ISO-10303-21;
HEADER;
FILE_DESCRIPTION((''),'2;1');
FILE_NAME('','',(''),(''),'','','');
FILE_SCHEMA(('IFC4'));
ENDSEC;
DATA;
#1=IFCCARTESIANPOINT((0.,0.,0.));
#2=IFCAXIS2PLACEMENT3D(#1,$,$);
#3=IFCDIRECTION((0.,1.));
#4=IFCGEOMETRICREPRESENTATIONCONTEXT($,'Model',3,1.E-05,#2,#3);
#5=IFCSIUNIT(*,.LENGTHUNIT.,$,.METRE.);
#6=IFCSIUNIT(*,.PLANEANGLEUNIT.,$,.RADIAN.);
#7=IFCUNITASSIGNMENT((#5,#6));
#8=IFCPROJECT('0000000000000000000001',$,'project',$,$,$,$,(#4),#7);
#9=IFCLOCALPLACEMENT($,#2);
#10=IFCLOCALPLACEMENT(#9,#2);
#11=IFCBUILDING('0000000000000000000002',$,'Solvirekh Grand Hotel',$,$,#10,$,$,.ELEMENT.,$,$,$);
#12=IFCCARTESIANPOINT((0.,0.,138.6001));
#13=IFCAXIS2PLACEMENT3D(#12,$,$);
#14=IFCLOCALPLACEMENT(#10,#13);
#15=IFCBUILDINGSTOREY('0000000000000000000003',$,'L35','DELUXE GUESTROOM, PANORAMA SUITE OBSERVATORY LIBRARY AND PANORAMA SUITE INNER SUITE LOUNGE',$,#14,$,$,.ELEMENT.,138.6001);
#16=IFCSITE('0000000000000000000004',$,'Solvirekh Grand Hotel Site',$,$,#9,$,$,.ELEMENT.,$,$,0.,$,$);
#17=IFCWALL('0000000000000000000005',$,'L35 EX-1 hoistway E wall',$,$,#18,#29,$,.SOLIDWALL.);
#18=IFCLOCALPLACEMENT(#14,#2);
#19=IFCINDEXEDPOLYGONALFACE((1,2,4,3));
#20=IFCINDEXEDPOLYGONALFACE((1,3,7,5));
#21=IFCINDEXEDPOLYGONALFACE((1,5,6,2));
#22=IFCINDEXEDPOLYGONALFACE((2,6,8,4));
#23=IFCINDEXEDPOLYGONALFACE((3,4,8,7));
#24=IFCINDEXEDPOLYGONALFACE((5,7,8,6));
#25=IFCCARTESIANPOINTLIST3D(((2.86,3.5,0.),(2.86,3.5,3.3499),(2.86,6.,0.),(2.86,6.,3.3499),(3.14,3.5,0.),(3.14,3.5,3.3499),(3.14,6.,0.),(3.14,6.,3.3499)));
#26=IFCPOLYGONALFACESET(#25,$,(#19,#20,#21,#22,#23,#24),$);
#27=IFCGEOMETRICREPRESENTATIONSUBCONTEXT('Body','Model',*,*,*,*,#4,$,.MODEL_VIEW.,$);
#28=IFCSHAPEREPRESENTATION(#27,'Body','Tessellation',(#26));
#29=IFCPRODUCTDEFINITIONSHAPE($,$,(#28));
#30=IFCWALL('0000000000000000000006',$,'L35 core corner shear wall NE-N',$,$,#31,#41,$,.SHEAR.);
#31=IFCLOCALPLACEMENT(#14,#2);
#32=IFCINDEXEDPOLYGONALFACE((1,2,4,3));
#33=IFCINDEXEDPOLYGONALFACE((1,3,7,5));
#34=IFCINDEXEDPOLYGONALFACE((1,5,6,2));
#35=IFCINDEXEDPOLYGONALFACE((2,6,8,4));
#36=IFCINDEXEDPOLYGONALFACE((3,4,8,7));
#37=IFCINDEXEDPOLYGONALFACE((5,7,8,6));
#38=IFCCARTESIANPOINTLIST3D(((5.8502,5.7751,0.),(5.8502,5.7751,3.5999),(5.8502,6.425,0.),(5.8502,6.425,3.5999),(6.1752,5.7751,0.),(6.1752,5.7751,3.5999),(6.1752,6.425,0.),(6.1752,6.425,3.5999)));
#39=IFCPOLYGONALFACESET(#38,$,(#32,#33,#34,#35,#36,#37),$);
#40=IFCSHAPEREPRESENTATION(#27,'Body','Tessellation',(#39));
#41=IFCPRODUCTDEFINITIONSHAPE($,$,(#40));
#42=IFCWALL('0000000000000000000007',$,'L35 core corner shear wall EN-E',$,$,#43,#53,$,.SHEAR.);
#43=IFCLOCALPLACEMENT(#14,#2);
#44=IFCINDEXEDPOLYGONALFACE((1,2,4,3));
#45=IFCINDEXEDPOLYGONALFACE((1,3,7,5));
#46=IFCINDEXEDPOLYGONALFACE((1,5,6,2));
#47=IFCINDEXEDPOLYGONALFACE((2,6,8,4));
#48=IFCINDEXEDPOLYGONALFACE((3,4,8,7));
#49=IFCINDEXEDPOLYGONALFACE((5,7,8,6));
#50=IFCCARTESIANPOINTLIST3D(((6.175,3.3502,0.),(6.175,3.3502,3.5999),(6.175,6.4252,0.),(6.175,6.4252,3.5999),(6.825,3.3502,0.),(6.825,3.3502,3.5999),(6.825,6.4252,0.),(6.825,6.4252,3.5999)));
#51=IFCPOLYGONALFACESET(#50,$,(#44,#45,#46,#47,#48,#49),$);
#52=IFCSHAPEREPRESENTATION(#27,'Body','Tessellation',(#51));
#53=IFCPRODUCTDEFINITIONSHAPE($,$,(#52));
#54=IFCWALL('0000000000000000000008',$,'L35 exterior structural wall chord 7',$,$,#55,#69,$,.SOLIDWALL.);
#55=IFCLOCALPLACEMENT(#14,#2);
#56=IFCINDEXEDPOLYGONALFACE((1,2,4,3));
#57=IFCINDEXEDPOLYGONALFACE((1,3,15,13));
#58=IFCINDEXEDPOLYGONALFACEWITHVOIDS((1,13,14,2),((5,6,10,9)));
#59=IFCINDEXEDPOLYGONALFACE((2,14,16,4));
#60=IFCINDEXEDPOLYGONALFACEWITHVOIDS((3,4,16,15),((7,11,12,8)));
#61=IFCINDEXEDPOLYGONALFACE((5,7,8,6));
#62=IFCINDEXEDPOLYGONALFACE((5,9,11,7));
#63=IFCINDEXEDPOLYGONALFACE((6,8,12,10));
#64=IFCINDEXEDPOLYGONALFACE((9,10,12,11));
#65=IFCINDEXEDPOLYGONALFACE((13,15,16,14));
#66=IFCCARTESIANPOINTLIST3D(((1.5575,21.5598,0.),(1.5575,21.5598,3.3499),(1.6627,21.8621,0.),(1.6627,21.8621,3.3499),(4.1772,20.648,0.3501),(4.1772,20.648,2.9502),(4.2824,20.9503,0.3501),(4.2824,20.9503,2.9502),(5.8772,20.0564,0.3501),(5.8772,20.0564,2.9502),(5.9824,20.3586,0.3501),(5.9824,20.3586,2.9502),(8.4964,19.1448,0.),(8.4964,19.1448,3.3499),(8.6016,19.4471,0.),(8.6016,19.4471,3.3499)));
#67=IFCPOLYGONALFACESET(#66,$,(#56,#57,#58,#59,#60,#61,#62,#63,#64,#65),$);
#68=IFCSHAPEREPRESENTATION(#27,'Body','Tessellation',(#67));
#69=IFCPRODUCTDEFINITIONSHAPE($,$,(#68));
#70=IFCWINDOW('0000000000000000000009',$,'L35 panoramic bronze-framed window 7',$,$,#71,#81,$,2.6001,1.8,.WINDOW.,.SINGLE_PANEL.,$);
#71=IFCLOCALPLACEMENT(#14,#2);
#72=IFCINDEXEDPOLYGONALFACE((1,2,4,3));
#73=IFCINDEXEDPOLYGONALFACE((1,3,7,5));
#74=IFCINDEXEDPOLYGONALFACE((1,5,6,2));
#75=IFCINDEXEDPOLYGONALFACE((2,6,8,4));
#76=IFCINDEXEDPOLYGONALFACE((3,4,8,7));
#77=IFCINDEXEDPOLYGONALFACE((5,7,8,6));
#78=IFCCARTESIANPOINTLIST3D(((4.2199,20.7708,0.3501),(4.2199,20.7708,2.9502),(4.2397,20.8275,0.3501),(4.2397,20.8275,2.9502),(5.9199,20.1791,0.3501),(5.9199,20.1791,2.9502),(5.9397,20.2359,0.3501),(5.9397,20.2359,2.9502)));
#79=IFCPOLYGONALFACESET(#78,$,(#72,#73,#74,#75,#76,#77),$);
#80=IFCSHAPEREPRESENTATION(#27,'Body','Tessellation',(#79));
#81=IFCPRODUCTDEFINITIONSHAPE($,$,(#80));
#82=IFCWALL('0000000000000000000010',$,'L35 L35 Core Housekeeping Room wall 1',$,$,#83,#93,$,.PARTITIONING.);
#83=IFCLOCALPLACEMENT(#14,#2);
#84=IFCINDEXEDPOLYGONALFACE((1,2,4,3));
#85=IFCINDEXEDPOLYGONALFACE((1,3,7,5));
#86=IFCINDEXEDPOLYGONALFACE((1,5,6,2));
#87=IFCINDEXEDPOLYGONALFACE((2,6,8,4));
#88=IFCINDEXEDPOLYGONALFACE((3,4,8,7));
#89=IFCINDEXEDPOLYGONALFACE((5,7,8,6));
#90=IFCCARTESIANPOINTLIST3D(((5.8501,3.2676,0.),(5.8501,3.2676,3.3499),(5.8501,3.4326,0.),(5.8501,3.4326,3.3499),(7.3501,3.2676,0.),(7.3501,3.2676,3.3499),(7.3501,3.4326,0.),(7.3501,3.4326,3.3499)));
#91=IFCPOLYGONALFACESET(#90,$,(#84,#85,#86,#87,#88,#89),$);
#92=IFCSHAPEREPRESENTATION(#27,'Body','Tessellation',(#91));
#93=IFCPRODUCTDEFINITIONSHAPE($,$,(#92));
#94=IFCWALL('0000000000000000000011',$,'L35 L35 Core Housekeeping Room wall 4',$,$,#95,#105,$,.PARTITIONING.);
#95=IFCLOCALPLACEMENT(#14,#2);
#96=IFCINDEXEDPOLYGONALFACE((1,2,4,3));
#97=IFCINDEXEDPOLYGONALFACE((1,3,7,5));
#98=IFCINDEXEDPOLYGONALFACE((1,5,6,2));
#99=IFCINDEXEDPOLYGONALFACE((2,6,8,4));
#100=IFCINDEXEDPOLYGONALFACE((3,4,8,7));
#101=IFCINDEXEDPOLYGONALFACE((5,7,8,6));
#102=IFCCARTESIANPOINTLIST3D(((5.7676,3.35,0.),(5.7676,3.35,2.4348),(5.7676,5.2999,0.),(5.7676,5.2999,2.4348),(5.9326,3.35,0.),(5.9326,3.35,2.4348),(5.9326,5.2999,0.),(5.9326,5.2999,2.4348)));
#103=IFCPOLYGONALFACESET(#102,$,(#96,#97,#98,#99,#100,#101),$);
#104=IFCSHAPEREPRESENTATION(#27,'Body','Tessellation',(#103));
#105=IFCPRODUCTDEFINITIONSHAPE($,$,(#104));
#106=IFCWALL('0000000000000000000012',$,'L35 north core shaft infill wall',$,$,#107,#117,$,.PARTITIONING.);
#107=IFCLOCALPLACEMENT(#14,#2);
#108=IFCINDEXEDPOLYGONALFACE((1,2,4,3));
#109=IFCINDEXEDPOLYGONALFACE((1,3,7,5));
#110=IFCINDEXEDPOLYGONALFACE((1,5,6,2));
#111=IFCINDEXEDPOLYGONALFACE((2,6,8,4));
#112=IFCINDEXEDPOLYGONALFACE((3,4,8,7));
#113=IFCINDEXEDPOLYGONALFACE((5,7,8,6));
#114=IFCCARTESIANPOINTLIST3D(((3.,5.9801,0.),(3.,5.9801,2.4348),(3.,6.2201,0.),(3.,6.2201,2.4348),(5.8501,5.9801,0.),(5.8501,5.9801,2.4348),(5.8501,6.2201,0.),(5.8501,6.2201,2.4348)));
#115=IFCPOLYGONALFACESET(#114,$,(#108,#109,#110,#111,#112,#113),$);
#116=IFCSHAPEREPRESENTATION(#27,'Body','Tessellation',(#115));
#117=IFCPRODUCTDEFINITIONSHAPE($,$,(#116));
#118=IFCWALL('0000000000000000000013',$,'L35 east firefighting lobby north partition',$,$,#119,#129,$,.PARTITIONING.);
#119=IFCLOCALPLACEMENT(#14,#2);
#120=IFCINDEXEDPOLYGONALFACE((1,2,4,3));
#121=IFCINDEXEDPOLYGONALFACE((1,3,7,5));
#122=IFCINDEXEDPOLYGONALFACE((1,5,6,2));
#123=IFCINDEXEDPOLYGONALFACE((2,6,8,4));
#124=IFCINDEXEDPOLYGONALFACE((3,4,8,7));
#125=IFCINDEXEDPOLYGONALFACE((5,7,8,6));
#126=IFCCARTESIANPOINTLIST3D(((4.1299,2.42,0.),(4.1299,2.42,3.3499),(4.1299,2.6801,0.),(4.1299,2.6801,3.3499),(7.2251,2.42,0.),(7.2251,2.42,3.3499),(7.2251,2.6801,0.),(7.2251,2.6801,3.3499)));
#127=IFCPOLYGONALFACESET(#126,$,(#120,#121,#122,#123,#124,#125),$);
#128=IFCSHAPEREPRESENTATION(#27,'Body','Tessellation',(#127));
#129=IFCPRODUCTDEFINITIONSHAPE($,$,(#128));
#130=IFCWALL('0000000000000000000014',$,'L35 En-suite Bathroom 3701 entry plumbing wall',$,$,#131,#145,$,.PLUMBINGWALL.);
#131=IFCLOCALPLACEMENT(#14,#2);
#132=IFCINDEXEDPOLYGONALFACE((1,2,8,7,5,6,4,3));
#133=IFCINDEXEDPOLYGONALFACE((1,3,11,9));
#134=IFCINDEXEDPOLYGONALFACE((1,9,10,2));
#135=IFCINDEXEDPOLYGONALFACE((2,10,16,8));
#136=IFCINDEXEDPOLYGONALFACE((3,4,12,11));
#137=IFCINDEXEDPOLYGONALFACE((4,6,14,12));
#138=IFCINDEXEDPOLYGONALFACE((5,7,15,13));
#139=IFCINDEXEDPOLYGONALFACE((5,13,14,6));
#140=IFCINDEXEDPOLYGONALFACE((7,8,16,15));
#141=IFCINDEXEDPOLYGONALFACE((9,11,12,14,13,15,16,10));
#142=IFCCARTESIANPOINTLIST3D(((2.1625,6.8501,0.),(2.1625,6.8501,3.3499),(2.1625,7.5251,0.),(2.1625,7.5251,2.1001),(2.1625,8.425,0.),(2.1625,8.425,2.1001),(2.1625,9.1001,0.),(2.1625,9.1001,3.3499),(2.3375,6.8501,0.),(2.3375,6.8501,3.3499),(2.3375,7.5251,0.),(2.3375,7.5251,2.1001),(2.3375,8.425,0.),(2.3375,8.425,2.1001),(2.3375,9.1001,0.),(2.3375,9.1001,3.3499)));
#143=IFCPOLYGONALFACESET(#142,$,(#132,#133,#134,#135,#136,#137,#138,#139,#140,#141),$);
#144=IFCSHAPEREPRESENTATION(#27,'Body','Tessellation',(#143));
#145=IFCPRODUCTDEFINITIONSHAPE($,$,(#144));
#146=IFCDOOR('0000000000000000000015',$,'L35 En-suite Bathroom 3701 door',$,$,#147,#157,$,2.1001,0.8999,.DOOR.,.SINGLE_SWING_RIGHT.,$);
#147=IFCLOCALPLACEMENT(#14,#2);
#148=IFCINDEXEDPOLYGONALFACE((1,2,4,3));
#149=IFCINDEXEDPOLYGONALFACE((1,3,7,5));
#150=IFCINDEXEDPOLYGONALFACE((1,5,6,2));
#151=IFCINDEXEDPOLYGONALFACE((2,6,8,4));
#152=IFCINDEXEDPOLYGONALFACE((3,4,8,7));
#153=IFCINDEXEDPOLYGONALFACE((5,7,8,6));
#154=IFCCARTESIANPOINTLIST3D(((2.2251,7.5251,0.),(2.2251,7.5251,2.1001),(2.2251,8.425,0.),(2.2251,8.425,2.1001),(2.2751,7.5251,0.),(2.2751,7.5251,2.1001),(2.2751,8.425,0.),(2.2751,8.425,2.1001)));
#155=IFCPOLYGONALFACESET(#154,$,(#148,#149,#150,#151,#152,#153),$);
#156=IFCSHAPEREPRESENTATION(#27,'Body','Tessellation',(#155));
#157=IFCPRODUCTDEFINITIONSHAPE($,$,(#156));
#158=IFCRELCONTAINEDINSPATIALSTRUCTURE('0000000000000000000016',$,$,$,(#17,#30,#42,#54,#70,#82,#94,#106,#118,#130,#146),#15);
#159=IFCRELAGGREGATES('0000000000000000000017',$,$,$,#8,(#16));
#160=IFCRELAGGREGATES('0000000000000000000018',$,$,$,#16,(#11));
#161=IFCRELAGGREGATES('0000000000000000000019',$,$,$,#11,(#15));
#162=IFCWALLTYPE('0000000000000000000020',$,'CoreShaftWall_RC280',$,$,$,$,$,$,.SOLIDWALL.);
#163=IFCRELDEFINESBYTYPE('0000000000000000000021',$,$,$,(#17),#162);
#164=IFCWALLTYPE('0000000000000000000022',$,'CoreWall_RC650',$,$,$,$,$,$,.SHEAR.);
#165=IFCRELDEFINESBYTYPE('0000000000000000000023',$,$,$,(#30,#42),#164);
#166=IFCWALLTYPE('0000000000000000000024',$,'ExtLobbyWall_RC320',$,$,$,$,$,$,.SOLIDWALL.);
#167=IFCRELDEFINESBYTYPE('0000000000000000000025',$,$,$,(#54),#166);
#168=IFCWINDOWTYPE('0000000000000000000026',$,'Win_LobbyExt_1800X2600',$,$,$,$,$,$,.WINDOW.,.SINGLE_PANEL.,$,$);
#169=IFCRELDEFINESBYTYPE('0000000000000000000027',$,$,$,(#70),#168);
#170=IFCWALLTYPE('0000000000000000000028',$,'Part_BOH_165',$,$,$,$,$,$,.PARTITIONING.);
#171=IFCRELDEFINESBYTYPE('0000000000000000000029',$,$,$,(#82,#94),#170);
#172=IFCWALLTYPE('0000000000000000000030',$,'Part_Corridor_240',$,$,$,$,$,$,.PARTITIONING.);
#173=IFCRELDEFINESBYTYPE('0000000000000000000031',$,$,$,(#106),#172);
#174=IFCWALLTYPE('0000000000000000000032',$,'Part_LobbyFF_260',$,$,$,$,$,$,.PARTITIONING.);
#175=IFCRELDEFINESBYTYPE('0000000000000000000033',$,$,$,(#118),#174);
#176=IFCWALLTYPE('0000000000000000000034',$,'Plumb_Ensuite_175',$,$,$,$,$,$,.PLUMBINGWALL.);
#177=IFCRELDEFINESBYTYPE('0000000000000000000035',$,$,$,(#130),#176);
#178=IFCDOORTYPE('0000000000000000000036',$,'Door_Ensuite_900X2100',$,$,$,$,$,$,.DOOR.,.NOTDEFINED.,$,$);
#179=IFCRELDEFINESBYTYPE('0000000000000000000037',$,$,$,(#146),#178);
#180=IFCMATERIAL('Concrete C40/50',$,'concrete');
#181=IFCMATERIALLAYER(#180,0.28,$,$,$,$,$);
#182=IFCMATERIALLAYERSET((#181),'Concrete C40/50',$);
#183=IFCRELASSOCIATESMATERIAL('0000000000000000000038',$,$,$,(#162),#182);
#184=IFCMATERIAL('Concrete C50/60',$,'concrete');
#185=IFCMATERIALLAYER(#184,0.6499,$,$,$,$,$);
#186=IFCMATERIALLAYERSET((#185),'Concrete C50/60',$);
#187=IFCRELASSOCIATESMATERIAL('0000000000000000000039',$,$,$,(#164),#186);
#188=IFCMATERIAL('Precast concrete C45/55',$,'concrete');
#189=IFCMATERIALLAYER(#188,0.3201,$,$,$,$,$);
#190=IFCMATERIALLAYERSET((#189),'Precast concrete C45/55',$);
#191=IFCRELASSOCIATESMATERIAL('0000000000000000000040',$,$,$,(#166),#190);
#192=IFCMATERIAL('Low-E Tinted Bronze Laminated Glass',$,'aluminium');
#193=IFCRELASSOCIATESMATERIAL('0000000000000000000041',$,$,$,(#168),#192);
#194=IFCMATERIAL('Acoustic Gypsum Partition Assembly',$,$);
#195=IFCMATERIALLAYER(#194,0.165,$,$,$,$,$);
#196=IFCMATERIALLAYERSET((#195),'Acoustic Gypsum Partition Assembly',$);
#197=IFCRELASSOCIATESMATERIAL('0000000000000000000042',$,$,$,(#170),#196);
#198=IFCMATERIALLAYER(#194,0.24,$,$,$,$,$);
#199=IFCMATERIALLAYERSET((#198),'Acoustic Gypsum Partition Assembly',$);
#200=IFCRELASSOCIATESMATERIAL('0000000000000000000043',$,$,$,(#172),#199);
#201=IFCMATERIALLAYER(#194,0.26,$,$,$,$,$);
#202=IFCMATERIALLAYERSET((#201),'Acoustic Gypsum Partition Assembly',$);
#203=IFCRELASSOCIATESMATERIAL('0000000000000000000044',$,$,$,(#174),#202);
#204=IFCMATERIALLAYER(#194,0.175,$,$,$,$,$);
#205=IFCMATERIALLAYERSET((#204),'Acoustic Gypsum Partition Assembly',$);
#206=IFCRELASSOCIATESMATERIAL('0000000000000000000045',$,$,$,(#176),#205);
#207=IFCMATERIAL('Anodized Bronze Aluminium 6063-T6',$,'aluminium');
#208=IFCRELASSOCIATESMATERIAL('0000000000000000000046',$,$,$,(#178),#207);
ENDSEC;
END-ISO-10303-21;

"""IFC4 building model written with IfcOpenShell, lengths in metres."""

from ifc_helpers import new_model, si_unit, direction, frame, frame_2d, origin, place, context, subcontext, project, spatial, rectangle, extrude, material, layer, layer_set, type_object, element, fill, save


model = new_model("IFC4")

# Units and contexts
model_context = context("Model", 3, precision=1e-05, world=origin(), true_north=direction((0.0, 1.0)))
body_context = subcontext(model_context, "Body", "Model", "MODEL_VIEW")
ifc_project = project(units=[si_unit("LENGTHUNIT", "METRE"), si_unit("PLANEANGLEUNIT", "RADIAN")], contexts=[model_context])

# Site, building, storey
site_placement = place(None, origin())
site = spatial("IfcSite", under=ifc_project, at=site_placement, Name="Solvirekh Grand Hotel Site", CompositionType="ELEMENT", RefElevation=0.0)
building_placement = place(site_placement, origin())
building = spatial("IfcBuilding", under=site, at=building_placement, Name="Solvirekh Grand Hotel", CompositionType="ELEMENT")
storey_placement = place(building_placement, frame((0.0, 0.0, 138.6001)))
storey = spatial("IfcBuildingStorey", under=building, at=storey_placement, Name="L35", Description="DELUXE GUESTROOM, PANORAMA SUITE OBSERVATORY LIBRARY AND PANORAMA SUITE INNER SUITE LOUNGE", CompositionType="ELEMENT", Elevation=138.6001)

# Shared definitions
ifc_material_1 = material(Name="Concrete C50/60", Category="concrete")

# Shared definitions
ifc_material_2 = material(Name="Anodized Bronze Aluminium 6063-T6", Category="aluminium")

# Walls
ifc_material_3 = material(Name="Concrete C40/50", Category="concrete")
ifc_layer_1 = layer(ifc_material_3, 0.28)
ifc_layer_set_1 = layer_set([ifc_layer_1], Name="Concrete C40/50")
wall_type_1 = type_object("IfcWallType", Name="CoreShaftWall_RC280", PredefinedType="SOLIDWALL", material=ifc_layer_set_1)
wall_1_placement = place(storey_placement, frame((3.0, 3.5, 0.0), z_axis=(0.0, 0.0, 1.0), x_axis=(0.0, 1.0, 0.0)))
element("IfcWall", 1, at=wall_1_placement, inside=storey, type_object=wall_type_1, Name="L35 EX-1 hoistway E wall", PredefinedType="SOLIDWALL", context=body_context, shape_type="SweptSolid", body=[
    extrude(rectangle(XDim=2.5, YDim=0.28, at=frame_2d((1.25, 0.0))), origin(), (0.0, 0.0, 1.0), 3.3499),
])
ifc_layer_2 = layer(ifc_material_1, 0.6499)
ifc_layer_set_2 = layer_set([ifc_layer_2], Name="Concrete C50/60")
wall_type_2 = type_object("IfcWallType", Name="CoreWall_RC650", PredefinedType="SHEAR", material=ifc_layer_set_2)
wall_2_placement = place(storey_placement, frame((5.8501, 6.1001, 0.0), z_axis=(0.0, 0.0, 1.0), x_axis=(1.0, 0.0, 0.0)))
element("IfcWall", 2, at=wall_2_placement, inside=storey, type_object=wall_type_2, Name="L35 core corner shear wall NE-N", PredefinedType="SHEAR", context=body_context, shape_type="SweptSolid", body=[
    extrude(rectangle(XDim=0.325, YDim=0.6499, at=frame_2d((0.1626, 0.0))), origin(), (0.0, 0.0, 1.0), 3.5999),
])
wall_3_placement = place(storey_placement, frame((6.5, 3.3501, 0.0), z_axis=(0.0, 0.0, 1.0), x_axis=(0.0, 1.0, 0.0)))
element("IfcWall", 3, at=wall_3_placement, inside=storey, type_object=wall_type_2, Name="L35 core corner shear wall EN-E", PredefinedType="SHEAR", context=body_context, shape_type="SweptSolid", body=[
    extrude(rectangle(XDim=3.075, YDim=0.6499, at=frame_2d((1.5376, 0.0))), origin(), (0.0, 0.0, 1.0), 3.5999),
])

# Wall, opening, window
ifc_material_4 = material(Name="Precast concrete C45/55", Category="concrete")
ifc_layer_3 = layer(ifc_material_4, 0.3201)
ifc_layer_set_3 = layer_set([ifc_layer_3], Name="Precast concrete C45/55")
wall_type_3 = type_object("IfcWallType", Name="ExtLobbyWall_RC320", PredefinedType="SOLIDWALL", material=ifc_layer_set_3)
wall_4_placement = place(storey_placement, frame((1.6101, 21.7109, 0.0), z_axis=(0.0, 0.0, 1.0), x_axis=(0.944434, -0.328701, 0.0)))
wall_4 = element("IfcWall", 4, at=wall_4_placement, inside=storey, type_object=wall_type_3, Name="L35 exterior structural wall chord 7", PredefinedType="SOLIDWALL", context=body_context, shape_type="SweptSolid", body=[
    extrude(rectangle(XDim=7.3472, YDim=0.3201, at=frame_2d((3.6736, 0.0))), origin(), (0.0, 0.0, 1.0), 3.3499),
])
opening_1_placement = place(wall_4_placement, frame((2.7739, 0.0, 0.3501)))
opening_1 = element("IfcOpeningElement", 5, at=opening_1_placement, cuts=wall_4, PredefinedType="OPENING", context=body_context, shape_type="SweptSolid", body=[
    extrude(rectangle(XDim=1.8, YDim=2.6001, at=frame_2d((0.8999, 1.3))), frame((0.0, 0.1699, 0.0), z_axis=(0.0, -1.0, 0.0), x_axis=(1.0, 0.0, 0.0)), (0.0, 0.0, 1.0), 0.3401),
])
ifc_material_5 = material(Name="Low-E Tinted Bronze Laminated Glass", Category="aluminium")
window_type = type_object("IfcWindowType", Name="Win_LobbyExt_1800X2600", PartitioningType="SINGLE_PANEL", PredefinedType="WINDOW", material=ifc_material_5)
window_placement = place(opening_1_placement, origin())
window = element("IfcWindow", 6, at=window_placement, inside=storey, type_object=window_type, Name="L35 panoramic bronze-framed window 7", OverallHeight=2.6001, OverallWidth=1.8, PartitioningType="SINGLE_PANEL", PredefinedType="WINDOW", context=body_context, shape_type="SweptSolid", body=[
    extrude(rectangle(XDim=1.8, YDim=2.6001, at=frame_2d((0.8999, 1.3))), frame((0.0, 0.03, 0.0), z_axis=(0.0, -1.0, 0.0), x_axis=(1.0, 0.0, 0.0)), (0.0, 0.0, 1.0), 0.0601),
])
fill(opening_1, window)

# Walls
ifc_material_6 = material(Name="Acoustic Gypsum Partition Assembly")
ifc_layer_4 = layer(ifc_material_6, 0.165)
ifc_layer_set_4 = layer_set([ifc_layer_4], Name="Acoustic Gypsum Partition Assembly")
wall_type_4 = type_object("IfcWallType", Name="Part_BOH_165", PredefinedType="PARTITIONING", material=ifc_layer_set_4)
wall_5_placement = place(storey_placement, frame((5.8501, 3.3501, 0.0), z_axis=(0.0, 0.0, 1.0), x_axis=(1.0, 0.0, 0.0)))
element("IfcWall", 7, at=wall_5_placement, inside=storey, type_object=wall_type_4, Name="L35 L35 Core Housekeeping Room wall 1", PredefinedType="PARTITIONING", context=body_context, shape_type="SweptSolid", body=[
    extrude(rectangle(XDim=1.5, YDim=0.165, at=frame_2d((0.75, 0.0))), origin(), (0.0, 0.0, 1.0), 3.3499),
])
wall_6_placement = place(storey_placement, frame((5.8501, 5.3, 0.0), z_axis=(0.0, 0.0, 1.0), x_axis=(0.0, -1.0, 0.0)))
element("IfcWall", 8, at=wall_6_placement, inside=storey, type_object=wall_type_4, Name="L35 L35 Core Housekeeping Room wall 4", PredefinedType="PARTITIONING", context=body_context, shape_type="SweptSolid", body=[
    extrude(rectangle(XDim=1.95, YDim=0.165, at=frame_2d((0.9751, 0.0))), origin(), (0.0, 0.0, 1.0), 2.4348),
])
ifc_layer_5 = layer(ifc_material_6, 0.24)
ifc_layer_set_5 = layer_set([ifc_layer_5], Name="Acoustic Gypsum Partition Assembly")
wall_type_5 = type_object("IfcWallType", Name="Part_Corridor_240", PredefinedType="PARTITIONING", material=ifc_layer_set_5)
wall_7_placement = place(storey_placement, frame((3.0, 6.1001, 0.0), z_axis=(0.0, 0.0, 1.0), x_axis=(1.0, 0.0, 0.0)))
element("IfcWall", 9, at=wall_7_placement, inside=storey, type_object=wall_type_5, Name="L35 north core shaft infill wall", PredefinedType="PARTITIONING", context=body_context, shape_type="SweptSolid", body=[
    extrude(rectangle(XDim=2.8501, YDim=0.24, at=frame_2d((1.425, 0.0))), origin(), (0.0, 0.0, 1.0), 2.4348),
])
ifc_layer_6 = layer(ifc_material_6, 0.26)
ifc_layer_set_6 = layer_set([ifc_layer_6], Name="Acoustic Gypsum Partition Assembly")
wall_type_6 = type_object("IfcWallType", Name="Part_LobbyFF_260", PredefinedType="PARTITIONING", material=ifc_layer_set_6)
wall_8_placement = place(storey_placement, frame((4.1299, 2.55, 0.0), z_axis=(0.0, 0.0, 1.0), x_axis=(1.0, 0.0, 0.0)))
element("IfcWall", 10, at=wall_8_placement, inside=storey, type_object=wall_type_6, Name="L35 east firefighting lobby north partition", PredefinedType="PARTITIONING", context=body_context, shape_type="SweptSolid", body=[
    extrude(rectangle(XDim=3.0952, YDim=0.26, at=frame_2d((1.5476, 0.0))), origin(), (0.0, 0.0, 1.0), 3.3499),
])

# Wall, opening, door
ifc_layer_7 = layer(ifc_material_6, 0.175)
ifc_layer_set_7 = layer_set([ifc_layer_7], Name="Acoustic Gypsum Partition Assembly")
wall_type_7 = type_object("IfcWallType", Name="Plumb_Ensuite_175", PredefinedType="PLUMBINGWALL", material=ifc_layer_set_7)
wall_9_placement = place(storey_placement, frame((2.25, 6.8501, 0.0), z_axis=(0.0, 0.0, 1.0), x_axis=(0.0, 1.0, 0.0)))
wall_9 = element("IfcWall", 11, at=wall_9_placement, inside=storey, type_object=wall_type_7, Name="L35 En-suite Bathroom 3701 entry plumbing wall", PredefinedType="PLUMBINGWALL", context=body_context, shape_type="SweptSolid", body=[
    extrude(rectangle(XDim=2.25, YDim=0.175, at=frame_2d((1.125, 0.0))), origin(), (0.0, 0.0, 1.0), 3.3499),
])
opening_2_placement = place(wall_9_placement, frame((0.675, 0.0, 0.0)))
opening_2 = element("IfcOpeningElement", 12, at=opening_2_placement, cuts=wall_9, PredefinedType="OPENING", context=body_context, shape_type="SweptSolid", body=[
    extrude(rectangle(XDim=0.8999, YDim=2.1001, at=frame_2d((0.45, 1.05))), frame((0.0, 0.0977, 0.0), z_axis=(0.0, -1.0, 0.0), x_axis=(1.0, 0.0, 0.0)), (0.0, 0.0, 1.0), 0.1951),
])
door_type = type_object("IfcDoorType", Name="Door_Ensuite_900X2100", OperationType="NOTDEFINED", PredefinedType="DOOR", material=ifc_material_2)
door_placement = place(opening_2_placement, origin())
door = element("IfcDoor", 13, at=door_placement, inside=storey, type_object=door_type, Name="L35 En-suite Bathroom 3701 door", OperationType="SINGLE_SWING_RIGHT", OverallHeight=2.1001, OverallWidth=0.8999, PredefinedType="DOOR", context=body_context, shape_type="SweptSolid", body=[
    extrude(rectangle(XDim=0.8999, YDim=2.1001, at=frame_2d((0.45, 1.05))), frame((0.0, 0.0249, 0.0), z_axis=(0.0, -1.0, 0.0), x_axis=(1.0, 0.0, 0.0)), (0.0, 0.0, 1.0), 0.05),
])
fill(opening_2, door)

save(model, "model.ifc")
